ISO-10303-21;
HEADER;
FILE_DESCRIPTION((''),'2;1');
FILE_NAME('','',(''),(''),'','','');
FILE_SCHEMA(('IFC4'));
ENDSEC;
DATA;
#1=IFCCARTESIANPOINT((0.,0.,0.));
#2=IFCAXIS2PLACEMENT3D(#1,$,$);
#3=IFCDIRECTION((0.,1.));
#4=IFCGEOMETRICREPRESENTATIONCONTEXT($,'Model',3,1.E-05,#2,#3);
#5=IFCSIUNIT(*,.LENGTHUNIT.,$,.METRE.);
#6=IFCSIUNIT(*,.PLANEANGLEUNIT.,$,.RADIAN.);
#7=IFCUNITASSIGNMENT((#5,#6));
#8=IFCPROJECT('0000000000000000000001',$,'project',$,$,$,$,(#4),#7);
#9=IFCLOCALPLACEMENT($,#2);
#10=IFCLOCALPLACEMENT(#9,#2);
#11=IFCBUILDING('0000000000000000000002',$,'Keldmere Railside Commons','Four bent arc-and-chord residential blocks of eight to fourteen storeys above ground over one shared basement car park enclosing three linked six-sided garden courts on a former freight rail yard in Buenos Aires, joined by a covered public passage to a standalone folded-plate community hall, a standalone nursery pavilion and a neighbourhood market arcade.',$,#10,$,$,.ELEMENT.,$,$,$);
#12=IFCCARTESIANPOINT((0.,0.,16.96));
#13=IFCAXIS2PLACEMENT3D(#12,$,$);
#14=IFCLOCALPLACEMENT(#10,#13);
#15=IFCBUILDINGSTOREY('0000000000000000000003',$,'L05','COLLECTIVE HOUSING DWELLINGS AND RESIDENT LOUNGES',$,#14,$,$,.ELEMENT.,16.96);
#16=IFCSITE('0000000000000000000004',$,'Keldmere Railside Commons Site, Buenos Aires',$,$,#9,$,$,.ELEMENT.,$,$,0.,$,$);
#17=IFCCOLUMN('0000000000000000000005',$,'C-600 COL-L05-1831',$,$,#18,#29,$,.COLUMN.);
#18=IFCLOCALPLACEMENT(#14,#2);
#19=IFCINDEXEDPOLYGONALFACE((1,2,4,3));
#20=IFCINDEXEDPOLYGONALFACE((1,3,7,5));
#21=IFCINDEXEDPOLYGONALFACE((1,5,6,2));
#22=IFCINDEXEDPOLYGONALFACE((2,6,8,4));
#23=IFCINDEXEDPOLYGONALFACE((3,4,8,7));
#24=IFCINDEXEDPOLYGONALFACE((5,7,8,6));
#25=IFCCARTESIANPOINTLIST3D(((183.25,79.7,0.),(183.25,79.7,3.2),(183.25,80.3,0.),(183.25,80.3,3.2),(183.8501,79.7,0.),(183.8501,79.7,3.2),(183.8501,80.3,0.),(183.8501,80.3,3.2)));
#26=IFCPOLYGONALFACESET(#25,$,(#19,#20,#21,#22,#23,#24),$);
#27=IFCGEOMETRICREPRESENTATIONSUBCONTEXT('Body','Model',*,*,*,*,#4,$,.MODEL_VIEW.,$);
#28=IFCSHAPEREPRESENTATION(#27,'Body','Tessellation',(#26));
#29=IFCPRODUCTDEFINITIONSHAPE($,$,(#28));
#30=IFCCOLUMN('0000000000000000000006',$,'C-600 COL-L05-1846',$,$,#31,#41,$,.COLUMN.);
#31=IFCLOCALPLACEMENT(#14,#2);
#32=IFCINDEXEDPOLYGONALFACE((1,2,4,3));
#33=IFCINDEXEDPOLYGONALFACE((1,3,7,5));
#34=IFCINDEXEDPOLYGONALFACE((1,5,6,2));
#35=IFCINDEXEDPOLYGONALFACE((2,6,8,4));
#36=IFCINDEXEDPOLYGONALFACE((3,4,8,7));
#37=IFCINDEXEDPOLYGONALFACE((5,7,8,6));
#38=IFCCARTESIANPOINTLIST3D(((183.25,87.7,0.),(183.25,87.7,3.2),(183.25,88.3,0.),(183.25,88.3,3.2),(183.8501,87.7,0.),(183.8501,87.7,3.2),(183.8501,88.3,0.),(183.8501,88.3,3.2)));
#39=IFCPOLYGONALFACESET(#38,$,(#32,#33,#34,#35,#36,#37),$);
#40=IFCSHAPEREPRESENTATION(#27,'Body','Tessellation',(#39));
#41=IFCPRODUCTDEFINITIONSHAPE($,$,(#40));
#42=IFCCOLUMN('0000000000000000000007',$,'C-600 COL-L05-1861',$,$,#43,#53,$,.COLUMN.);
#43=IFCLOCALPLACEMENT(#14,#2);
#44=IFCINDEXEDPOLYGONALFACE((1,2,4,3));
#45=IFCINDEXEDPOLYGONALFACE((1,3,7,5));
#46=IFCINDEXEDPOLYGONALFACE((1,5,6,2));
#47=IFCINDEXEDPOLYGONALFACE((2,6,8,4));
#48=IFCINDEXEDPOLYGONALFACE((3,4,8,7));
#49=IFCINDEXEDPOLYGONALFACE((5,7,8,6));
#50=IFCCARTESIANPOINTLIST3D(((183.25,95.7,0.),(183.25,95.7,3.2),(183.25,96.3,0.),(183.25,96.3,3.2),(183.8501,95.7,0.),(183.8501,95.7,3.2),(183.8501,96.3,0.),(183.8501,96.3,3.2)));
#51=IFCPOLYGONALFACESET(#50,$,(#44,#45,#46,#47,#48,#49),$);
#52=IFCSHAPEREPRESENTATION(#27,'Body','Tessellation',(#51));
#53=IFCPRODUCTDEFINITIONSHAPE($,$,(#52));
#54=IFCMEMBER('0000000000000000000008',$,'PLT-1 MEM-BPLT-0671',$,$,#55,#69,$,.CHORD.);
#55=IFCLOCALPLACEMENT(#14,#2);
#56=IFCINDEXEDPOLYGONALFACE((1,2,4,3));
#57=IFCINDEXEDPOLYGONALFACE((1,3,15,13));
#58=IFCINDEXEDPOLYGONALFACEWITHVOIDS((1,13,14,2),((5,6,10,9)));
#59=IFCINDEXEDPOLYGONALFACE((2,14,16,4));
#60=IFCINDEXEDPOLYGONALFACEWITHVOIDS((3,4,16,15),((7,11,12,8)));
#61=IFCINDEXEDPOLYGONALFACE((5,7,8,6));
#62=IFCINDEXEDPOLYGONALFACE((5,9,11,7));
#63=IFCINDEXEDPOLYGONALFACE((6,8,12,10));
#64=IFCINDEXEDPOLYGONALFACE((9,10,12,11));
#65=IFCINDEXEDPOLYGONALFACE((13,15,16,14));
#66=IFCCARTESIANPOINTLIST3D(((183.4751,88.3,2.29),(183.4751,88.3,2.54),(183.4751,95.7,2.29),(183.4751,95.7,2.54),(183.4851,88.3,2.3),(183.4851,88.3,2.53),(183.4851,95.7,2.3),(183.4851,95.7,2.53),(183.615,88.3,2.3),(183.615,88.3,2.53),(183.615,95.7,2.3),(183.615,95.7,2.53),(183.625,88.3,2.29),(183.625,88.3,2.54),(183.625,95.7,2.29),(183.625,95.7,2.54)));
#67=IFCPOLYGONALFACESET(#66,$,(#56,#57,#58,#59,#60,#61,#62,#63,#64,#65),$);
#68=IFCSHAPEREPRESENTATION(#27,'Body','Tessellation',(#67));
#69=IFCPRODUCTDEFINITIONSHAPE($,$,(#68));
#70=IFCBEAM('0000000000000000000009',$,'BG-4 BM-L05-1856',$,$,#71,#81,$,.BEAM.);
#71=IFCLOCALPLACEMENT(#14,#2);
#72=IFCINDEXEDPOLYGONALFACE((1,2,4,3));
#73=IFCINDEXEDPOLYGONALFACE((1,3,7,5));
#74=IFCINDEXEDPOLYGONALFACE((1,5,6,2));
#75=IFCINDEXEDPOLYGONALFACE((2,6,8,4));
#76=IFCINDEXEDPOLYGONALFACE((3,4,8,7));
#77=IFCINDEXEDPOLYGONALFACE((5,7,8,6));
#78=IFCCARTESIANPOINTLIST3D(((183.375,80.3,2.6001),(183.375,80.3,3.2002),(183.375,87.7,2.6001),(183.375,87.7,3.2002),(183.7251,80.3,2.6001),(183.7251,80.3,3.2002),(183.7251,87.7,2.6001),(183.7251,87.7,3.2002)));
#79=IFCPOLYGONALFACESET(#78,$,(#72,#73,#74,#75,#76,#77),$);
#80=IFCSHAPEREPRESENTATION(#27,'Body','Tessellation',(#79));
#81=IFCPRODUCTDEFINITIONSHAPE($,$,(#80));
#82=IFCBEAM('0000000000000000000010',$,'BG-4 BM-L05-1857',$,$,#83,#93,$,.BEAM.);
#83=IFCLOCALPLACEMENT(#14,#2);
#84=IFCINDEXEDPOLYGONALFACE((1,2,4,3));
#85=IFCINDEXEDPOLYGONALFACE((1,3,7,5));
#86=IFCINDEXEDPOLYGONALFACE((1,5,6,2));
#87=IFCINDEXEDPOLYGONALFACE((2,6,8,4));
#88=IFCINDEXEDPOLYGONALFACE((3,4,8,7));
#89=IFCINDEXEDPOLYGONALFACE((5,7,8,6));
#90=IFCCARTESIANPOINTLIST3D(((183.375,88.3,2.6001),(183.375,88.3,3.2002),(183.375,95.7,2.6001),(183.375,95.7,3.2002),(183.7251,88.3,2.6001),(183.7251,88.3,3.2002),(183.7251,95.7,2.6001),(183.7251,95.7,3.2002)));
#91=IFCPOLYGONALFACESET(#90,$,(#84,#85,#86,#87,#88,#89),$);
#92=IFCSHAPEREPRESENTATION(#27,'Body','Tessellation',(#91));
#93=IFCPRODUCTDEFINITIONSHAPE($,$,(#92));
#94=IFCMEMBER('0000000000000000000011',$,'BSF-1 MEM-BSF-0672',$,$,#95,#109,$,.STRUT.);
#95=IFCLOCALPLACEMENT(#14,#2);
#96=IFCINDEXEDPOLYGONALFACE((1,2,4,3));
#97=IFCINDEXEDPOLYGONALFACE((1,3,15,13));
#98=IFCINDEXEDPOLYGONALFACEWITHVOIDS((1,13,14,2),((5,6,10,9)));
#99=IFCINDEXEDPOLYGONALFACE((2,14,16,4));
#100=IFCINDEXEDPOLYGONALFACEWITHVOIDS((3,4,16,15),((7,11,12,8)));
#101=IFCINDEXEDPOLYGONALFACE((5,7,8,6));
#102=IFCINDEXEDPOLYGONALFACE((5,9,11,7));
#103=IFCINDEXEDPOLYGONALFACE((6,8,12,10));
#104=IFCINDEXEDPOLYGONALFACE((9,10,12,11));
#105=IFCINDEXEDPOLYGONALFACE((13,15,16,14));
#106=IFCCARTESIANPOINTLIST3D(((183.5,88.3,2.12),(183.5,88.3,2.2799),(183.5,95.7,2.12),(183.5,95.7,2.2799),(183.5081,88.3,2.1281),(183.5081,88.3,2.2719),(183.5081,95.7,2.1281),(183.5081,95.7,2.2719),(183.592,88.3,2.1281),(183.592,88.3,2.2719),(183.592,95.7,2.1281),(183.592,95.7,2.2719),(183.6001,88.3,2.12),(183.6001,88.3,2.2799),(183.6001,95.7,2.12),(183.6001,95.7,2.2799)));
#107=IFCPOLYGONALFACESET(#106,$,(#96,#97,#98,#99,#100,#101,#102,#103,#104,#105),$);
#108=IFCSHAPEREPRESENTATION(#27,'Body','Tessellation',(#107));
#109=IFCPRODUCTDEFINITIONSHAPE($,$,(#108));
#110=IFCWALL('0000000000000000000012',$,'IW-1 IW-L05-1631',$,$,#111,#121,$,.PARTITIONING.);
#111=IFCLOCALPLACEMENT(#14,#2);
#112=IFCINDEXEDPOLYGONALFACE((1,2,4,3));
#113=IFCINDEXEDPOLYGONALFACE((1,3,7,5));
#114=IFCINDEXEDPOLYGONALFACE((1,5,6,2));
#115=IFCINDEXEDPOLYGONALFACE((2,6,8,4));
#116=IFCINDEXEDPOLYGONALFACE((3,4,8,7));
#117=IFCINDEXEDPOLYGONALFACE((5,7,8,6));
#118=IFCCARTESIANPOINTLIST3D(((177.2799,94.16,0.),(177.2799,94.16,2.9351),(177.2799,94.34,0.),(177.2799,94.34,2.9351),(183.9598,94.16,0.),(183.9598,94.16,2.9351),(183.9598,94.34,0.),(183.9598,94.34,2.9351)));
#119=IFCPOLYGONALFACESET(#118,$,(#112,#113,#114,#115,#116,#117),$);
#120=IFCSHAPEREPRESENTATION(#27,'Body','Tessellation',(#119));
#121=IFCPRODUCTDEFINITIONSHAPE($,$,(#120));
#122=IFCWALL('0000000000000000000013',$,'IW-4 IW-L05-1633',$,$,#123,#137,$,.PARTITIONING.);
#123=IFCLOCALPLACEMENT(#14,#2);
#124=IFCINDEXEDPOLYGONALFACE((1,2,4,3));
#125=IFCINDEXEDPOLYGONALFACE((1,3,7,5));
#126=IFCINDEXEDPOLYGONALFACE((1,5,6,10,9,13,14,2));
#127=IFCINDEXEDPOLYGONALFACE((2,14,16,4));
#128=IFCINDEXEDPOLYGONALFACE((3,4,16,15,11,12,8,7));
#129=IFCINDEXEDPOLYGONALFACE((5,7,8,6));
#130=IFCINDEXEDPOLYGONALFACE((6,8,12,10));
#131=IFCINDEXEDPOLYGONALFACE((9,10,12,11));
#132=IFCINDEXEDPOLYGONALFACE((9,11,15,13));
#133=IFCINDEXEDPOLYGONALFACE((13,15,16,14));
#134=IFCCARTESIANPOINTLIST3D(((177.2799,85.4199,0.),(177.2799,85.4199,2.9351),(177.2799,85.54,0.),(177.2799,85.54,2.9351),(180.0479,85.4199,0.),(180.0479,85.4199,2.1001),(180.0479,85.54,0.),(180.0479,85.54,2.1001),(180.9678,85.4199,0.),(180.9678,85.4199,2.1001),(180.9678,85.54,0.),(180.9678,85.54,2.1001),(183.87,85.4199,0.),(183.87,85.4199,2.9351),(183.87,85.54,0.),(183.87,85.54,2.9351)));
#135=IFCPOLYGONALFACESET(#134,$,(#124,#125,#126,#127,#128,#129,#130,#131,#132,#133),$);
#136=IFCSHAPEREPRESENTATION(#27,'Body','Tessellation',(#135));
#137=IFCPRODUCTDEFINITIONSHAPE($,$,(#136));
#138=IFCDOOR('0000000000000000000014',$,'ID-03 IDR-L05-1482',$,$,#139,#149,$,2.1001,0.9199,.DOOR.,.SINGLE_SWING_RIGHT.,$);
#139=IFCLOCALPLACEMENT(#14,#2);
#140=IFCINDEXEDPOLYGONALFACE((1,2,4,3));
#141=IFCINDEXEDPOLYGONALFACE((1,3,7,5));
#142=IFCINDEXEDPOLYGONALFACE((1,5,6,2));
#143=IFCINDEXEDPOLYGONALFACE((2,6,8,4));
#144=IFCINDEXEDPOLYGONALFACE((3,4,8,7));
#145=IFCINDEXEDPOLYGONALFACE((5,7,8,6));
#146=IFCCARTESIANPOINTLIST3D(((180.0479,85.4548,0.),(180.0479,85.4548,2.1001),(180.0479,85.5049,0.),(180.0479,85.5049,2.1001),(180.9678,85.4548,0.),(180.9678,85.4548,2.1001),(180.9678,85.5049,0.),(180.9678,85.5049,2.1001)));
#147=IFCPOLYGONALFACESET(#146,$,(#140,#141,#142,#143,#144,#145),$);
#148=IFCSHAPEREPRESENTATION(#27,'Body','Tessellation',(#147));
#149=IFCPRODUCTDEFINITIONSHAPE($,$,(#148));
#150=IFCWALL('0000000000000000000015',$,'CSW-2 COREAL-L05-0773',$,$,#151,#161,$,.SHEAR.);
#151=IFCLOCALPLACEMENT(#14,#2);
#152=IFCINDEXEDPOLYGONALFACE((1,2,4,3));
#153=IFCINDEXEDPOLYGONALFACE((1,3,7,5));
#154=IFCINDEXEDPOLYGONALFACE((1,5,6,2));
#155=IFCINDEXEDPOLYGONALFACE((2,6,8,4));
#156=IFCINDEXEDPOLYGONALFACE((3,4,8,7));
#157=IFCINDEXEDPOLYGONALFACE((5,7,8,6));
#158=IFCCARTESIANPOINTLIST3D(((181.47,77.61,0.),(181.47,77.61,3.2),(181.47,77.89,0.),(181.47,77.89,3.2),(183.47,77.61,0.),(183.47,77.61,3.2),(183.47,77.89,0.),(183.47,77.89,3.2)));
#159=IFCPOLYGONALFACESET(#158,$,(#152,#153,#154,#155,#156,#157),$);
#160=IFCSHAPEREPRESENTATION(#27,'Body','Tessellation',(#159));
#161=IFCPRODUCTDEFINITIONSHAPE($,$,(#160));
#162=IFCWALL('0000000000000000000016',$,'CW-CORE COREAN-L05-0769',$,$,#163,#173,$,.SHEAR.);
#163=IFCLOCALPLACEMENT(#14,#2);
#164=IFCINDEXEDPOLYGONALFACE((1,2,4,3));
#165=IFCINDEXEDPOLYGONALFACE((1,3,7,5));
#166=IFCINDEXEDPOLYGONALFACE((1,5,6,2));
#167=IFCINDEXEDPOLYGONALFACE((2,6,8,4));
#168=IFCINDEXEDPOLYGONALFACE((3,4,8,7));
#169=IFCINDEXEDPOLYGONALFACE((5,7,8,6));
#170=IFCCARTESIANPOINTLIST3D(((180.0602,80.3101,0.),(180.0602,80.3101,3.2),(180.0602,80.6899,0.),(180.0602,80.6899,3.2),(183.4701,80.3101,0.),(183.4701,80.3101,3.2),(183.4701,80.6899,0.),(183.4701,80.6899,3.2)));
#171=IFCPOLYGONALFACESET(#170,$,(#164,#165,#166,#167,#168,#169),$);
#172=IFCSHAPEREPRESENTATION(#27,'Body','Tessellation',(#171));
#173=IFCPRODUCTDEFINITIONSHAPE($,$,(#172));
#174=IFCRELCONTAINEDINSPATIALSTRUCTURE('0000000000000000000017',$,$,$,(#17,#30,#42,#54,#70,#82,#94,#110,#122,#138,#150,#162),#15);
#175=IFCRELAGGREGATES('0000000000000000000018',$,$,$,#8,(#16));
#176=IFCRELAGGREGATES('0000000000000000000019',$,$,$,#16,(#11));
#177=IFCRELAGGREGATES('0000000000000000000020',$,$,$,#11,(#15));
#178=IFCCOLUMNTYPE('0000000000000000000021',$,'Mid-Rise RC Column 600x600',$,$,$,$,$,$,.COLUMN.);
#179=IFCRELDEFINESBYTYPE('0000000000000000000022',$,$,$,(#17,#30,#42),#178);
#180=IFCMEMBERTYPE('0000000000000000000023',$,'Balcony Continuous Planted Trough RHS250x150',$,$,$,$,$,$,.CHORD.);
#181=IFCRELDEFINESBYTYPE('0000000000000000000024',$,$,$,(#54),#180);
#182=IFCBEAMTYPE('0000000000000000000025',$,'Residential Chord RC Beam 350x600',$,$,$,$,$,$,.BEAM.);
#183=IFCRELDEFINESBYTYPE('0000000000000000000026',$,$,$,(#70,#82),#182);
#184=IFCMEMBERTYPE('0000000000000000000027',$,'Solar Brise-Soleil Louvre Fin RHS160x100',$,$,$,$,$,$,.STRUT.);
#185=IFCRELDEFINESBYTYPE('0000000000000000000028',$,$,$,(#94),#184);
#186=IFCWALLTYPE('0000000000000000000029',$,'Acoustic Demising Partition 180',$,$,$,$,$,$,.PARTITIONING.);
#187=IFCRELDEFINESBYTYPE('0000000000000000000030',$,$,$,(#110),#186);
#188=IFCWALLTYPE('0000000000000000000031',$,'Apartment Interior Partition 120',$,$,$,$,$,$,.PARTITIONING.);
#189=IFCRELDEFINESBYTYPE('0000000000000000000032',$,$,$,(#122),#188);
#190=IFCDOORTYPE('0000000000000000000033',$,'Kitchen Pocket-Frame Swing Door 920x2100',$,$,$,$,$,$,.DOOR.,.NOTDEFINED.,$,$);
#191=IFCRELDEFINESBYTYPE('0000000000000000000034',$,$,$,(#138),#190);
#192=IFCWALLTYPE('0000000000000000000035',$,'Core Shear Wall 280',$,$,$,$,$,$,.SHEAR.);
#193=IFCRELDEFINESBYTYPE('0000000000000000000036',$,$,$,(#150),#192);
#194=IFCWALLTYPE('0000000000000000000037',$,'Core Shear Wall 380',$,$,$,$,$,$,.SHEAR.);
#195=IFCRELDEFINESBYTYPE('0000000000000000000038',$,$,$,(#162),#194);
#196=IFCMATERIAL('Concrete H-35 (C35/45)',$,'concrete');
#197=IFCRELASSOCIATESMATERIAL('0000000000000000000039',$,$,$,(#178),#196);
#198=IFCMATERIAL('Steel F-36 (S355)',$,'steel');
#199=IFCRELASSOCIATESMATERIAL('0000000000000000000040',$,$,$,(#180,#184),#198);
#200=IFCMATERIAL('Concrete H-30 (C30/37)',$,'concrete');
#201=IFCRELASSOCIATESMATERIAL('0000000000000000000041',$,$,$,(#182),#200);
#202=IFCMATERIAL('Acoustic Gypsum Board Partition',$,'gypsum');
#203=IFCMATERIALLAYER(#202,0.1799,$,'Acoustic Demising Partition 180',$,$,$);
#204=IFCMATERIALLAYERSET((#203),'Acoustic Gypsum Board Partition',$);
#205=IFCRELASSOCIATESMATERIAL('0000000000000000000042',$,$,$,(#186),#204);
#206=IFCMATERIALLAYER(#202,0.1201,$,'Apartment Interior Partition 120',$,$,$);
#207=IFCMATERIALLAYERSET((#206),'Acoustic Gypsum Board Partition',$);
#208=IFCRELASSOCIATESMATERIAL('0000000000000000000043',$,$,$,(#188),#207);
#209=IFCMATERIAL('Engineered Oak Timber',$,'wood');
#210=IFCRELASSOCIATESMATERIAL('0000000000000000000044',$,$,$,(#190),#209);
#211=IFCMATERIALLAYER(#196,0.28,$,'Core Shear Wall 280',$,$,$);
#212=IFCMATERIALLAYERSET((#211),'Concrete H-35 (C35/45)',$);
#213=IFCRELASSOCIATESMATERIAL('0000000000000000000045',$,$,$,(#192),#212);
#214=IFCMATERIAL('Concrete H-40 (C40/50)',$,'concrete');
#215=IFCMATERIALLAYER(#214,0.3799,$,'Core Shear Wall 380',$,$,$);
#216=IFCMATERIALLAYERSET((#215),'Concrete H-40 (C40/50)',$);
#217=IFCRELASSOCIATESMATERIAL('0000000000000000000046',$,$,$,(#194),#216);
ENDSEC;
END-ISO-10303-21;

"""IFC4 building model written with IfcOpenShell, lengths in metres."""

from ifc_helpers import new_model, si_unit, direction, frame, frame_2d, origin, origin_2d, place, context, subcontext, project, spatial, rectangle, hollow_rectangle, extrude, material, layer, layer_set, material_profile, profile_set, type_object, element, fill, save


model = new_model("IFC4")

# Units and contexts
model_context = context("Model", 3, precision=1e-05, world=origin(), true_north=direction((0.0, 1.0)))
body_context = subcontext(model_context, "Body", "Model", "MODEL_VIEW")
ifc_project = project(units=[si_unit("LENGTHUNIT", "METRE"), si_unit("PLANEANGLEUNIT", "RADIAN")], contexts=[model_context])

# Site, building, storey
site_placement = place(None, origin())
site = spatial("IfcSite", under=ifc_project, at=site_placement, Name="Keldmere Railside Commons Site, Buenos Aires", CompositionType="ELEMENT", RefElevation=0.0)
building_placement = place(site_placement, origin())
building = spatial("IfcBuilding", under=site, at=building_placement, Name="Keldmere Railside Commons", Description="Four bent arc-and-chord residential blocks of eight to fourteen storeys above ground over one shared basement car park enclosing three linked six-sided garden courts on a former freight rail yard in Buenos Aires, joined by a covered public passage to a standalone folded-plate community hall, a standalone nursery pavilion and a neighbourhood market arcade.", CompositionType="ELEMENT")
storey_placement = place(building_placement, frame((0.0, 0.0, 16.96)))
storey = spatial("IfcBuildingStorey", under=building, at=storey_placement, Name="L05", Description="COLLECTIVE HOUSING DWELLINGS AND RESIDENT LOUNGES", CompositionType="ELEMENT", Elevation=16.96)

# Columns
ifc_material_1 = material(Name="Concrete H-35 (C35/45)", Category="concrete")
ifc_material_profile_1 = material_profile(ifc_material_1, rectangle(XDim=0.6001, YDim=0.6001, at=origin_2d()), Name="RC-600x600")
ifc_profile_set_1 = profile_set([ifc_material_profile_1], Name="Concrete H-35 (C35/45)")
column_type = type_object("IfcColumnType", Name="Mid-Rise RC Column 600x600", PredefinedType="COLUMN", material=ifc_profile_set_1)
for number, where, z_axis, x_axis, name in (
    (1, (183.55, 80.0, 0.0), (0.0, 0.0, 1.0), (1.0, 0.0, 0.0), "C-600 COL-L05-1831"),
    (2, (183.55, 88.0, 0.0), (0.0, 0.0, 1.0), (1.0, 0.0, 0.0), "C-600 COL-L05-1846"),
    (3, (183.55, 96.0, 0.0), (0.0, 0.0, 1.0), (1.0, 0.0, 0.0), "C-600 COL-L05-1861"),
):
    element("IfcColumn", number, at=place(storey_placement, frame(where, z_axis=z_axis, x_axis=x_axis)), inside=storey, type_object=column_type, Name=name, PredefinedType="COLUMN", context=body_context, shape_type="SweptSolid", body=[
        extrude(rectangle(XDim=0.6001, YDim=0.6001, at=origin_2d()), origin(), (0.0, 0.0, 1.0), 3.2),
    ])

# Member
ifc_material_2 = material(Name="Steel F-36 (S355)", Category="steel")
ifc_material_profile_2 = material_profile(ifc_material_2, hollow_rectangle(XDim=0.1499, YDim=0.25, WallThickness=0.01, at=origin_2d()), Name="RHS-250x150x10")
ifc_profile_set_2 = profile_set([ifc_material_profile_2], Name="Steel F-36 (S355)")
member_type_1 = type_object("IfcMemberType", Name="Balcony Continuous Planted Trough RHS250x150", PredefinedType="CHORD", material=ifc_profile_set_2)
member_1_placement = place(storey_placement, frame((183.55, 88.3, 2.415), z_axis=(0.0, 1.0, 0.0), x_axis=(-1.0, 0.0, 0.0)))
element("IfcMember", 4, at=member_1_placement, inside=storey, type_object=member_type_1, Name="PLT-1 MEM-BPLT-0671", PredefinedType="CHORD", context=body_context, shape_type="SweptSolid", body=[
    extrude(hollow_rectangle(XDim=0.1499, YDim=0.25, WallThickness=0.01, at=origin_2d()), origin(), (0.0, 0.0, 1.0), 7.3999),
])

# Beams
ifc_material_3 = material(Name="Concrete H-30 (C30/37)", Category="concrete")
ifc_material_profile_3 = material_profile(ifc_material_3, rectangle(XDim=0.3501, YDim=0.6001, at=origin_2d()), Name="RC-350x600")
ifc_profile_set_3 = profile_set([ifc_material_profile_3], Name="Concrete H-30 (C30/37)")
beam_type = type_object("IfcBeamType", Name="Residential Chord RC Beam 350x600", PredefinedType="BEAM", material=ifc_profile_set_3)
for number, where, z_axis, x_axis, name in (
    (5, (183.55, 80.3, 2.9001), (0.0, 1.0, 0.0), (-1.0, 0.0, 0.0), "BG-4 BM-L05-1856"),
    (6, (183.55, 88.3, 2.9001), (0.0, 1.0, 0.0), (-1.0, 0.0, 0.0), "BG-4 BM-L05-1857"),
):
    element("IfcBeam", number, at=place(storey_placement, frame(where, z_axis=z_axis, x_axis=x_axis)), inside=storey, type_object=beam_type, Name=name, PredefinedType="BEAM", context=body_context, shape_type="SweptSolid", body=[
        extrude(rectangle(XDim=0.3501, YDim=0.6001, at=origin_2d()), origin(), (0.0, 0.0, 1.0), 7.3999),
    ])

# Member
ifc_material_profile_4 = material_profile(ifc_material_2, hollow_rectangle(XDim=0.1001, YDim=0.1599, WallThickness=0.0081, at=origin_2d()), Name="RHS-160x100x8")
ifc_profile_set_4 = profile_set([ifc_material_profile_4], Name="Steel F-36 (S355)")
member_type_2 = type_object("IfcMemberType", Name="Solar Brise-Soleil Louvre Fin RHS160x100", PredefinedType="STRUT", material=ifc_profile_set_4)
member_2_placement = place(storey_placement, frame((183.55, 88.3, 2.2), z_axis=(0.0, 1.0, 0.0), x_axis=(-1.0, 0.0, 0.0)))
element("IfcMember", 7, at=member_2_placement, inside=storey, type_object=member_type_2, Name="BSF-1 MEM-BSF-0672", PredefinedType="STRUT", context=body_context, shape_type="SweptSolid", body=[
    extrude(hollow_rectangle(XDim=0.1001, YDim=0.1599, WallThickness=0.0081, at=origin_2d()), origin(), (0.0, 0.0, 1.0), 7.3999),
])

# Wall
ifc_material_4 = material(Name="Acoustic Gypsum Board Partition", Category="gypsum")
ifc_layer_1 = layer(ifc_material_4, 0.1799, Name="Acoustic Demising Partition 180")
ifc_layer_set_1 = layer_set([ifc_layer_1], Name="Acoustic Gypsum Board Partition")
wall_type_1 = type_object("IfcWallType", Name="Acoustic Demising Partition 180", PredefinedType="PARTITIONING", material=ifc_layer_set_1)
wall_1_placement = place(storey_placement, frame((177.28, 94.25, 0.0), z_axis=(0.0, 0.0, 1.0), x_axis=(1.0, 0.0, 0.0)))
element("IfcWall", 8, at=wall_1_placement, inside=storey, type_object=wall_type_1, Name="IW-1 IW-L05-1631", PredefinedType="PARTITIONING", context=body_context, shape_type="SweptSolid", body=[
    extrude(rectangle(XDim=6.6799, YDim=0.1799, at=frame_2d((3.3398, 0.0))), origin(), (0.0, 0.0, 1.0), 2.9351),
])

# Wall, opening, door
ifc_layer_2 = layer(ifc_material_4, 0.1201, Name="Apartment Interior Partition 120")
ifc_layer_set_2 = layer_set([ifc_layer_2], Name="Acoustic Gypsum Board Partition")
wall_type_2 = type_object("IfcWallType", Name="Apartment Interior Partition 120", PredefinedType="PARTITIONING", material=ifc_layer_set_2)
wall_2_placement = place(storey_placement, frame((177.28, 85.48, 0.0), z_axis=(0.0, 0.0, 1.0), x_axis=(1.0, 0.0, 0.0)))
wall_2 = element("IfcWall", 9, at=wall_2_placement, inside=storey, type_object=wall_type_2, Name="IW-4 IW-L05-1633", PredefinedType="PARTITIONING", context=body_context, shape_type="SweptSolid", body=[
    extrude(rectangle(XDim=6.5901, YDim=0.1201, at=frame_2d((3.2949, 0.0))), origin(), (0.0, 0.0, 1.0), 2.9351),
])
opening_1_placement = place(wall_2_placement, frame((2.7678, 0.0, 0.0)))
opening_1 = element("IfcOpeningElement", 10, at=opening_1_placement, cuts=wall_2, PredefinedType="OPENING", context=body_context, shape_type="SweptSolid", body=[
    extrude(rectangle(XDim=0.9199, YDim=2.1001, at=frame_2d((0.46, 1.05))), frame((0.0, 0.0701, 0.0), z_axis=(0.0, -1.0, 0.0), x_axis=(1.0, 0.0, 0.0)), (0.0, 0.0, 1.0), 0.1401),
])
ifc_material_5 = material(Name="Engineered Oak Timber", Category="wood")
door_type_1 = type_object("IfcDoorType", Name="Kitchen Pocket-Frame Swing Door 920x2100", OperationType="NOTDEFINED", PredefinedType="DOOR", material=ifc_material_5)
door_1_placement = place(opening_1_placement, origin())
door_1 = element("IfcDoor", 11, at=door_1_placement, inside=storey, type_object=door_type_1, Name="ID-03 IDR-L05-1482", OperationType="SINGLE_SWING_RIGHT", OverallHeight=2.1001, OverallWidth=0.9199, PredefinedType="DOOR", context=body_context, shape_type="SweptSolid", body=[
    extrude(rectangle(XDim=0.9199, YDim=2.1001, at=frame_2d((0.46, 1.05))), frame((0.0, 0.0249, 0.0), z_axis=(0.0, -1.0, 0.0), x_axis=(1.0, 0.0, 0.0)), (0.0, 0.0, 1.0), 0.05),
])
fill(opening_1, door_1)

# Walls
ifc_layer_3 = layer(ifc_material_1, 0.28, Name="Core Shear Wall 280")
ifc_layer_set_3 = layer_set([ifc_layer_3], Name="Concrete H-35 (C35/45)")
wall_type_3 = type_object("IfcWallType", Name="Core Shear Wall 280", PredefinedType="SHEAR", material=ifc_layer_set_3)
wall_3_placement = place(storey_placement, frame((181.47, 77.75, 0.0), z_axis=(0.0, 0.0, 1.0), x_axis=(1.0, 0.0, 0.0)))
element("IfcWall", 12, at=wall_3_placement, inside=storey, type_object=wall_type_3, Name="CSW-2 COREAL-L05-0773", PredefinedType="SHEAR", context=body_context, shape_type="SweptSolid", body=[
    extrude(rectangle(XDim=2.0, YDim=0.28, at=frame_2d((1.0, 0.0))), origin(), (0.0, 0.0, 1.0), 3.2),
])
ifc_material_6 = material(Name="Concrete H-40 (C40/50)", Category="concrete")
ifc_layer_4 = layer(ifc_material_6, 0.3799, Name="Core Shear Wall 380")
ifc_layer_set_4 = layer_set([ifc_layer_4], Name="Concrete H-40 (C40/50)")
wall_type_4 = type_object("IfcWallType", Name="Core Shear Wall 380", PredefinedType="SHEAR", material=ifc_layer_set_4)
wall_4_placement = place(storey_placement, frame((180.0601, 80.5, 0.0), z_axis=(0.0, 0.0, 1.0), x_axis=(1.0, 0.0, 0.0)))
element("IfcWall", 13, at=wall_4_placement, inside=storey, type_object=wall_type_4, Name="CW-CORE COREAN-L05-0769", PredefinedType="SHEAR", context=body_context, shape_type="SweptSolid", body=[
    extrude(rectangle(XDim=3.4099, YDim=0.3799, at=frame_2d((1.7051, 0.0))), origin(), (0.0, 0.0, 1.0), 3.2),
])

save(model, "model.ifc")
